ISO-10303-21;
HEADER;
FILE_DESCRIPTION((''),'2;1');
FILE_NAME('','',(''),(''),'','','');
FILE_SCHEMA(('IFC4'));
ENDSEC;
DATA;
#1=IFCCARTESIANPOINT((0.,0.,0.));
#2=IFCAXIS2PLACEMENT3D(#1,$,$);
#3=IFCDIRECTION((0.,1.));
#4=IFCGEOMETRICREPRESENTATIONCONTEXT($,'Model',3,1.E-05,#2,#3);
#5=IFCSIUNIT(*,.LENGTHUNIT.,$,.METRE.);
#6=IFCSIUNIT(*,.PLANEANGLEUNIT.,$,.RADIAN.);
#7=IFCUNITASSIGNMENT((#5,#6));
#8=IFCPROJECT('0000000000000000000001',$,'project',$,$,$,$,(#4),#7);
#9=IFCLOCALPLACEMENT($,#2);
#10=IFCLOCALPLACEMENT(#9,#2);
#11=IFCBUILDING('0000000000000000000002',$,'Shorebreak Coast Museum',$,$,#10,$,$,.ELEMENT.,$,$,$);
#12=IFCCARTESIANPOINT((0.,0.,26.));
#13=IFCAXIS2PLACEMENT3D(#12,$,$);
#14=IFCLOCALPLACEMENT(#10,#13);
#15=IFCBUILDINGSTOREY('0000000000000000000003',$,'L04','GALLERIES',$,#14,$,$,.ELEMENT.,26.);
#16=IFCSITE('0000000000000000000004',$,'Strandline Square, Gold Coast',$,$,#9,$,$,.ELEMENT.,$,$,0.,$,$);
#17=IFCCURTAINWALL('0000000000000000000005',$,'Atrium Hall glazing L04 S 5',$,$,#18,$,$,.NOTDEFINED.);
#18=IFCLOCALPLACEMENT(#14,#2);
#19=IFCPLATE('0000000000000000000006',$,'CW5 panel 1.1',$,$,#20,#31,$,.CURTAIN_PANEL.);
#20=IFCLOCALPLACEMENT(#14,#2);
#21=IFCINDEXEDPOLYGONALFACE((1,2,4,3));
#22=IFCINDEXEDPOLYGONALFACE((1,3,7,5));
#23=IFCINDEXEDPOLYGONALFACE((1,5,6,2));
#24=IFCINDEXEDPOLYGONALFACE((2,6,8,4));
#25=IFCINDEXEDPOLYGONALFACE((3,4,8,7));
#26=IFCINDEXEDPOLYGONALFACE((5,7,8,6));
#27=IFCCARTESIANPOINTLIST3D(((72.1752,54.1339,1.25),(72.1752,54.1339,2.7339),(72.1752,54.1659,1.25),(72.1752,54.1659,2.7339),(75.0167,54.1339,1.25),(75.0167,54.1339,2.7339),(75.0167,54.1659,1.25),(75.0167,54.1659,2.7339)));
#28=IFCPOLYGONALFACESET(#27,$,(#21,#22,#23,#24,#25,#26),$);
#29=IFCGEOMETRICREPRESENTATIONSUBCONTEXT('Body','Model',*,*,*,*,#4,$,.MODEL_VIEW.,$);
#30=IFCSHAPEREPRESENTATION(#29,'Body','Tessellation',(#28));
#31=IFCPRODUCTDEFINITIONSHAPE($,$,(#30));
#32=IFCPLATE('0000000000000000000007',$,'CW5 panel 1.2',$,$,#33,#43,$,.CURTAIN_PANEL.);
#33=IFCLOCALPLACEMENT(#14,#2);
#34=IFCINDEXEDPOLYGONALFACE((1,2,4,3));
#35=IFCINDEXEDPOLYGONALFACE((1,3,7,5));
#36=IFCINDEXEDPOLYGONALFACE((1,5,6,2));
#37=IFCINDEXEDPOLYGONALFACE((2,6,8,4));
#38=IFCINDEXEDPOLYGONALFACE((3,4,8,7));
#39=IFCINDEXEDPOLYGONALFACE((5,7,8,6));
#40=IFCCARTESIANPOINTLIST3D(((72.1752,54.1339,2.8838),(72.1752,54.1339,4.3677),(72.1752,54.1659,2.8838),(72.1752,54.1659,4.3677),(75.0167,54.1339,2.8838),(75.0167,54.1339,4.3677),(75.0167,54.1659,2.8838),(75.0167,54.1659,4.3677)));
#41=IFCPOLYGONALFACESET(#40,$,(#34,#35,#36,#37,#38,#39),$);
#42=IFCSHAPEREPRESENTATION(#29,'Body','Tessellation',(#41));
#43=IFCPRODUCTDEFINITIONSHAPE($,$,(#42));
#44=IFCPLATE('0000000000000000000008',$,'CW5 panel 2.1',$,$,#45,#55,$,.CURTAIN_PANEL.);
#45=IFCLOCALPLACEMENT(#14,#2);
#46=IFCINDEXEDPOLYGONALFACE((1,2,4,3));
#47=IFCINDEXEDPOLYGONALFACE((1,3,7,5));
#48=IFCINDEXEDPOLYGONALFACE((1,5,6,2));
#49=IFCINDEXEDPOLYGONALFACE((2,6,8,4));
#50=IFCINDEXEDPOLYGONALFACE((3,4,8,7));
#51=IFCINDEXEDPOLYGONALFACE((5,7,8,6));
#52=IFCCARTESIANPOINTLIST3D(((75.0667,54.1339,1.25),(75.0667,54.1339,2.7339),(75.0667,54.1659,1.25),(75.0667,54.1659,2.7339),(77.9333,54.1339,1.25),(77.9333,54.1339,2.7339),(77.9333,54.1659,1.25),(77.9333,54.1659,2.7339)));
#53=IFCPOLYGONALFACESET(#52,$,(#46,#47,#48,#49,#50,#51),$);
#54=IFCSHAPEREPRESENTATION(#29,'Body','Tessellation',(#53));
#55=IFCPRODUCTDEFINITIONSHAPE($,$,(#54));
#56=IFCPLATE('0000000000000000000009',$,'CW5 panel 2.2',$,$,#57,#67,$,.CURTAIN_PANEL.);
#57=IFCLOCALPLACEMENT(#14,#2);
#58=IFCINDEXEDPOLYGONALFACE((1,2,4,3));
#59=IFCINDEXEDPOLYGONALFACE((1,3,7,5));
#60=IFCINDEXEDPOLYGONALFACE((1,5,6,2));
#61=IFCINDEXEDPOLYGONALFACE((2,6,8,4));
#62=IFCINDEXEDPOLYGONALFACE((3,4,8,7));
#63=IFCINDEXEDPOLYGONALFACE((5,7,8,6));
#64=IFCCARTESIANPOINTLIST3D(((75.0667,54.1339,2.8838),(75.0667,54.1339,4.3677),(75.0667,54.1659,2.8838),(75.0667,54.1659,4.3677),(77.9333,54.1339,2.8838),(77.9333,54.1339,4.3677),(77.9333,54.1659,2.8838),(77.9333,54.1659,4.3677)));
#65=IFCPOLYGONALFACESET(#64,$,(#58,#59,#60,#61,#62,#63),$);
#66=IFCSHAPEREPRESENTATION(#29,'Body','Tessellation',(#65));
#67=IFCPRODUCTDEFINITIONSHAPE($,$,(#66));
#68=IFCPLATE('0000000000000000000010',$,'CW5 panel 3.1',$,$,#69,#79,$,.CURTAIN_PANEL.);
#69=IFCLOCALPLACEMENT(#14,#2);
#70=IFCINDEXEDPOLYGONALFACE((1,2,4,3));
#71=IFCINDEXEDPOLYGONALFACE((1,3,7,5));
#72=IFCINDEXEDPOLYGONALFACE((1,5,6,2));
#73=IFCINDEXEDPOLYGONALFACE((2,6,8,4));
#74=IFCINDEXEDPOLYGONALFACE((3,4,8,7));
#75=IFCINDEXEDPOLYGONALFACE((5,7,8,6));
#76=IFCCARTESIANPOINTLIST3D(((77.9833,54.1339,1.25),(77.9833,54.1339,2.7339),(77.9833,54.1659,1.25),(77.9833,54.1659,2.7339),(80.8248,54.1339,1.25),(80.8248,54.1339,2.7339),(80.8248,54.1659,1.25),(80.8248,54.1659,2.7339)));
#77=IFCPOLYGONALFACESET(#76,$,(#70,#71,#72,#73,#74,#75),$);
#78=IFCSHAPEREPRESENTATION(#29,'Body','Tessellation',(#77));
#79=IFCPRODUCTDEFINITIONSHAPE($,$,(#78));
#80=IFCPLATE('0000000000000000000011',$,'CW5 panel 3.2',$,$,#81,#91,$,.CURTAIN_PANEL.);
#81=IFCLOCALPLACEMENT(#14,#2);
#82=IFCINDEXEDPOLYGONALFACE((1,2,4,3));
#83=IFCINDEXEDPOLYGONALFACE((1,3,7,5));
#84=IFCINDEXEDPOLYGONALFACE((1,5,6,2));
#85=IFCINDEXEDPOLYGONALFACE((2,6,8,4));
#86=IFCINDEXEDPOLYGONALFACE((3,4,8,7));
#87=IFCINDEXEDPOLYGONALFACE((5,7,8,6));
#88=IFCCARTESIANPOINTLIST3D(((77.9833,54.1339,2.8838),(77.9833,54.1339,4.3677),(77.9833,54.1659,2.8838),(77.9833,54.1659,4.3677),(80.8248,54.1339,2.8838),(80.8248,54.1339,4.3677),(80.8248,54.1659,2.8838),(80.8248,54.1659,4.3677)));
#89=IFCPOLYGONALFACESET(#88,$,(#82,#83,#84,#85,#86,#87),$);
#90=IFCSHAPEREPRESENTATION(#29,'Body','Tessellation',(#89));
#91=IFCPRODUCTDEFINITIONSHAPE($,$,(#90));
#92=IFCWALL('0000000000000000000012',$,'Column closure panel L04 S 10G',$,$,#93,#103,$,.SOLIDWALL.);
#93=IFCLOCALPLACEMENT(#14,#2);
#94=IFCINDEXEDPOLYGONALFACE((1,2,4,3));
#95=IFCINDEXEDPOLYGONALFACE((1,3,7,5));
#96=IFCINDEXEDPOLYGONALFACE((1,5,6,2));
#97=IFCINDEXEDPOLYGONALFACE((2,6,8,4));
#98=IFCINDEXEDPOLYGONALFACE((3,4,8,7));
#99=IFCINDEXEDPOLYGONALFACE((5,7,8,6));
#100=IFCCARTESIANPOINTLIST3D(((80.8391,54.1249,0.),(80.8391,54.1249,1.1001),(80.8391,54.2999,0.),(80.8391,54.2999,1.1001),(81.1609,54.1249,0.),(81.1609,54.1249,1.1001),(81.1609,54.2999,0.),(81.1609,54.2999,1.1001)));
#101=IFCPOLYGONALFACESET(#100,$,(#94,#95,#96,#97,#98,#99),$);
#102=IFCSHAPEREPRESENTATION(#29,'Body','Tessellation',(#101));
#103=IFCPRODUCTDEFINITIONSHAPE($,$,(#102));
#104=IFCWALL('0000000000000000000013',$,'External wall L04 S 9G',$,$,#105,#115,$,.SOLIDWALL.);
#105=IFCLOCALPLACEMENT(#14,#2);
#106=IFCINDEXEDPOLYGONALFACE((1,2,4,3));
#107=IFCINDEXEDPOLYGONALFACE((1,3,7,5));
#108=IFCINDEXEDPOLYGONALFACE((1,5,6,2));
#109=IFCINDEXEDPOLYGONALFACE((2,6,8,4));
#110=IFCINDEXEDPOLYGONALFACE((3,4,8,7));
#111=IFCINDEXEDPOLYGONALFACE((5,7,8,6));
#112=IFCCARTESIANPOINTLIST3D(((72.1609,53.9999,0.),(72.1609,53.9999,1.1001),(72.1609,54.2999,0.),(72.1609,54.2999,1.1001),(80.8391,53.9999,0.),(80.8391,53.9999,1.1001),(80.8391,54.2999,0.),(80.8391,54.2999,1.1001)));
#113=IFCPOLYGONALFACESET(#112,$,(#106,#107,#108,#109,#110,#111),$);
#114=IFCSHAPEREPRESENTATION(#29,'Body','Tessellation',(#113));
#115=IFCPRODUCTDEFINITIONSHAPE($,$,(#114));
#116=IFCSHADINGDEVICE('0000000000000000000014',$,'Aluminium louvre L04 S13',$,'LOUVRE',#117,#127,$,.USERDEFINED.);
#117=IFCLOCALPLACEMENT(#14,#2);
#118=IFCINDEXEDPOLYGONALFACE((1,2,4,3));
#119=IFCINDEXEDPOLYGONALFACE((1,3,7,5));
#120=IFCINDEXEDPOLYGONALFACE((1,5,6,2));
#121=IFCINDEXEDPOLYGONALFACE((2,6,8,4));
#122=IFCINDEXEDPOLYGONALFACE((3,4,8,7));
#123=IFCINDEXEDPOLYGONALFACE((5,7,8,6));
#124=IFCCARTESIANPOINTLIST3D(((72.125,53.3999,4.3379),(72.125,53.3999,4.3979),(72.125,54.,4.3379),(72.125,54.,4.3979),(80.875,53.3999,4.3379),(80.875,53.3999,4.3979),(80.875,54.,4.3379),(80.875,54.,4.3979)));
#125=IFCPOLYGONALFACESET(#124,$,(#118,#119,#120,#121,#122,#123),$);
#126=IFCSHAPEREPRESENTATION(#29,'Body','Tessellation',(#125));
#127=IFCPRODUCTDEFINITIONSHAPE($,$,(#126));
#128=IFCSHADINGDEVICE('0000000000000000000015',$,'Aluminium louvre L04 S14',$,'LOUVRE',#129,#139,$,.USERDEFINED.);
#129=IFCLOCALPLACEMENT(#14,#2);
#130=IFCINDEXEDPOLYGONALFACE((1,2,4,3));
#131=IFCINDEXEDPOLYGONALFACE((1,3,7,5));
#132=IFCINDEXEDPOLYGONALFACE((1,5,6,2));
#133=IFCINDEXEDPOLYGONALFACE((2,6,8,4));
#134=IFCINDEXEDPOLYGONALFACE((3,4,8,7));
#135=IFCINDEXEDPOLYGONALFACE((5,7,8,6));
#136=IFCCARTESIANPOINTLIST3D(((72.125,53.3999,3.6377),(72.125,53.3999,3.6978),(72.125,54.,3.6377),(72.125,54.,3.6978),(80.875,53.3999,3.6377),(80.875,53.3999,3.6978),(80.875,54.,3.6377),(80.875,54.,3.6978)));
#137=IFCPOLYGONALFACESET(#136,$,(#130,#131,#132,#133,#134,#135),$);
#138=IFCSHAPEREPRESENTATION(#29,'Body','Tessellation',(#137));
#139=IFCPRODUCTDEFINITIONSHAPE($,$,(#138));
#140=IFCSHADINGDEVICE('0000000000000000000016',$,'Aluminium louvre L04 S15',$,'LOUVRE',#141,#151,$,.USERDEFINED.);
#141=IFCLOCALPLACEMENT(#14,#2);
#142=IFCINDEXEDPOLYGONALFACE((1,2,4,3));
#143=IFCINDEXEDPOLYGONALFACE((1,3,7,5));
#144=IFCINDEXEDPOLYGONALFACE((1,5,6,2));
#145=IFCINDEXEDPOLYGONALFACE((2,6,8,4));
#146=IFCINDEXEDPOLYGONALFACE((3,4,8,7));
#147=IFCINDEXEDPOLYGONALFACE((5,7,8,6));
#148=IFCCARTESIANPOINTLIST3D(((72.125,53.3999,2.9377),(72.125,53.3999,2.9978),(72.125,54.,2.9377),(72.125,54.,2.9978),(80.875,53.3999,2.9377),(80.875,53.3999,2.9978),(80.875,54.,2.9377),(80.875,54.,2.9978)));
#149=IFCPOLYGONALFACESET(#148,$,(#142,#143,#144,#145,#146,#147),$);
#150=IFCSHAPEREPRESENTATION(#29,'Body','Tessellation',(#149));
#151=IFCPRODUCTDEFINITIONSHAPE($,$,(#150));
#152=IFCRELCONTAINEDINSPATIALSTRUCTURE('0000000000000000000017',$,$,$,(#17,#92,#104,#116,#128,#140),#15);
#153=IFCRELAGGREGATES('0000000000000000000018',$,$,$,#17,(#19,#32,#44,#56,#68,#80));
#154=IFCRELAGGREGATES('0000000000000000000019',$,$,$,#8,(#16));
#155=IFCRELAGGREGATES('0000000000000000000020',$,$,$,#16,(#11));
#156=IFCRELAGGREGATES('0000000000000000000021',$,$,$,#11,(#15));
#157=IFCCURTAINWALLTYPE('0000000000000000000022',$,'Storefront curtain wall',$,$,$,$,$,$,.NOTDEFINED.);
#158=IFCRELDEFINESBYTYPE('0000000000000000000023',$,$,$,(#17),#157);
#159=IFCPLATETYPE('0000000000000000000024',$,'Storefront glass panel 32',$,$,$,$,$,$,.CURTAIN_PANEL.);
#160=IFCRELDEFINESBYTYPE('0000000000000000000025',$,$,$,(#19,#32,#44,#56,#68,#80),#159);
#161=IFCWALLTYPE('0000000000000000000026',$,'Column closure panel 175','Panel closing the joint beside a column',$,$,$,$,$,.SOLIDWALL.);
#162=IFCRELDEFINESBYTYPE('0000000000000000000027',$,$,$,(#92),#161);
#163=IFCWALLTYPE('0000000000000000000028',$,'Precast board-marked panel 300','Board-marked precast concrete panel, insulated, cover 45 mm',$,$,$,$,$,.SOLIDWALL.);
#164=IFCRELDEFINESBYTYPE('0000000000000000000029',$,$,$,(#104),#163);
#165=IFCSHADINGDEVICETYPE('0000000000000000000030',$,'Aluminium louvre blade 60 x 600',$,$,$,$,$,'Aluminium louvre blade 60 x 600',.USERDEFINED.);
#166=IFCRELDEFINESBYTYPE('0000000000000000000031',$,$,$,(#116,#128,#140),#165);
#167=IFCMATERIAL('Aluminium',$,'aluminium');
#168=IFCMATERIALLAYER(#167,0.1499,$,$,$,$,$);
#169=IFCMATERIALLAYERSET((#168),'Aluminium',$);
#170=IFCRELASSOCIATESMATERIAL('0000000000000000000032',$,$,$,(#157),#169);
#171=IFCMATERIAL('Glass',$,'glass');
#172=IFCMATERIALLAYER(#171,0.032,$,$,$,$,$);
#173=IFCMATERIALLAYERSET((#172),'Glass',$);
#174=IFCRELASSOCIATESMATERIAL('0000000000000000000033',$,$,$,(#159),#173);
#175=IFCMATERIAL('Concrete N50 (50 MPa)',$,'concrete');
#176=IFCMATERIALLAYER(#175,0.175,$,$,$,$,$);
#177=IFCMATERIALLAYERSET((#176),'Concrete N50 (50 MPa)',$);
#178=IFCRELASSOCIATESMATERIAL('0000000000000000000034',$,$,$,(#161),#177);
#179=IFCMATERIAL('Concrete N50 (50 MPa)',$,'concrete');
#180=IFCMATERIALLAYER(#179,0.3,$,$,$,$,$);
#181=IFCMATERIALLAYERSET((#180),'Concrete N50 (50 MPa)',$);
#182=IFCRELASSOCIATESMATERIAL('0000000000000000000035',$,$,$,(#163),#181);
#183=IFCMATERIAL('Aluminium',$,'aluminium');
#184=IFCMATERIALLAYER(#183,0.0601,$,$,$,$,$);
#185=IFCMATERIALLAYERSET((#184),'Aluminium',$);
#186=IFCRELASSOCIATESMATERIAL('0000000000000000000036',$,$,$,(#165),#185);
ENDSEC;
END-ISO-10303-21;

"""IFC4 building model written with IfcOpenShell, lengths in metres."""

from ifc_helpers import new_model, si_unit, direction, frame, frame_2d, origin, origin_2d, place, context, subcontext, project, spatial, rectangle, extrude, material, layer, layer_set, type_object, element, aggregate, save


model = new_model("IFC4")

# Units and contexts
model_context = context("Model", 3, precision=1e-05, world=origin(), true_north=direction((0.0, 1.0)))
body_context = subcontext(model_context, "Body", "Model", "MODEL_VIEW")
ifc_project = project(units=[si_unit("LENGTHUNIT", "METRE"), si_unit("PLANEANGLEUNIT", "RADIAN")], contexts=[model_context])

# Site, building, storey
site_placement = place(None, origin())
site = spatial("IfcSite", under=ifc_project, at=site_placement, Name="Strandline Square, Gold Coast", CompositionType="ELEMENT", RefElevation=0.0)
building_placement = place(site_placement, origin())
building = spatial("IfcBuilding", under=site, at=building_placement, Name="Shorebreak Coast Museum", CompositionType="ELEMENT")
storey_placement = place(building_placement, frame((0.0, 0.0, 26.0)))
storey = spatial("IfcBuildingStorey", under=building, at=storey_placement, Name="L04", Description="GALLERIES", CompositionType="ELEMENT", Elevation=26.0)

# Shared definitions
ifc_material_1 = material(Name="Aluminium", Category="aluminium")
ifc_layer_1 = layer(ifc_material_1, 0.1499)
ifc_layer_set_1 = layer_set([ifc_layer_1], Name="Aluminium")
curtain_wall_type = type_object("IfcCurtainWallType", Name="Storefront curtain wall", PredefinedType="NOTDEFINED", material=ifc_layer_set_1)

# Curtain wall, plates
curtain_wall_1_placement = place(storey_placement, origin())
curtain_wall_1 = element("IfcCurtainWall", 1, at=curtain_wall_1_placement, inside=storey, type_object=curtain_wall_type, Name="Atrium Hall glazing L04 S 5", PredefinedType="NOTDEFINED")
ifc_material_2 = material(Name="Glass", Category="glass")
ifc_layer_2 = layer(ifc_material_2, 0.032)
ifc_layer_set_2 = layer_set([ifc_layer_2], Name="Glass")
plate_type = type_object("IfcPlateType", Name="Storefront glass panel 32", PredefinedType="CURTAIN_PANEL", material=ifc_layer_set_2)
plate_1_placement = place(storey_placement, frame((73.5959, 54.1499, 1.25), z_axis=(0.0, 0.0, 1.0), x_axis=(1.0, 0.0, 0.0)))
plate_1 = element("IfcPlate", 2, at=plate_1_placement, type_object=plate_type, Name="CW5 panel 1.1", PredefinedType="CURTAIN_PANEL", context=body_context, shape_type="SweptSolid", body=[
    extrude(rectangle(XDim=2.8416, YDim=0.032, at=origin_2d()), origin(), (0.0, 0.0, 1.0), 1.4839),
])
plate_2_placement = place(storey_placement, frame((73.5959, 54.1499, 2.8838), z_axis=(0.0, 0.0, 1.0), x_axis=(1.0, 0.0, 0.0)))
plate_2 = element("IfcPlate", 3, at=plate_2_placement, type_object=plate_type, Name="CW5 panel 1.2", PredefinedType="CURTAIN_PANEL", context=body_context, shape_type="SweptSolid", body=[
    extrude(rectangle(XDim=2.8416, YDim=0.032, at=origin_2d()), origin(), (0.0, 0.0, 1.0), 1.4839),
])
plate_3_placement = place(storey_placement, frame((76.5, 54.1499, 1.25), z_axis=(0.0, 0.0, 1.0), x_axis=(1.0, 0.0, 0.0)))
plate_3 = element("IfcPlate", 4, at=plate_3_placement, type_object=plate_type, Name="CW5 panel 2.1", PredefinedType="CURTAIN_PANEL", context=body_context, shape_type="SweptSolid", body=[
    extrude(rectangle(XDim=2.8667, YDim=0.032, at=origin_2d()), origin(), (0.0, 0.0, 1.0), 1.4839),
])
plate_4_placement = place(storey_placement, frame((76.5, 54.1499, 2.8838), z_axis=(0.0, 0.0, 1.0), x_axis=(1.0, 0.0, 0.0)))
plate_4 = element("IfcPlate", 5, at=plate_4_placement, type_object=plate_type, Name="CW5 panel 2.2", PredefinedType="CURTAIN_PANEL", context=body_context, shape_type="SweptSolid", body=[
    extrude(rectangle(XDim=2.8667, YDim=0.032, at=origin_2d()), origin(), (0.0, 0.0, 1.0), 1.4839),
])
plate_5_placement = place(storey_placement, frame((79.4041, 54.1499, 1.25), z_axis=(0.0, 0.0, 1.0), x_axis=(1.0, 0.0, 0.0)))
plate_5 = element("IfcPlate", 6, at=plate_5_placement, type_object=plate_type, Name="CW5 panel 3.1", PredefinedType="CURTAIN_PANEL", context=body_context, shape_type="SweptSolid", body=[
    extrude(rectangle(XDim=2.8416, YDim=0.032, at=origin_2d()), origin(), (0.0, 0.0, 1.0), 1.4839),
])
plate_6_placement = place(storey_placement, frame((79.4041, 54.1499, 2.8838), z_axis=(0.0, 0.0, 1.0), x_axis=(1.0, 0.0, 0.0)))
plate_6 = element("IfcPlate", 7, at=plate_6_placement, type_object=plate_type, Name="CW5 panel 3.2", PredefinedType="CURTAIN_PANEL", context=body_context, shape_type="SweptSolid", body=[
    extrude(rectangle(XDim=2.8416, YDim=0.032, at=origin_2d()), origin(), (0.0, 0.0, 1.0), 1.4839),
])
aggregate(curtain_wall_1, [plate_1, plate_2, plate_3, plate_4, plate_5, plate_6])

# Walls
ifc_material_3 = material(Name="Concrete N50 (50 MPa)", Category="concrete")
ifc_layer_3 = layer(ifc_material_3, 0.175)
ifc_layer_set_3 = layer_set([ifc_layer_3], Name="Concrete N50 (50 MPa)")
wall_type_1 = type_object("IfcWallType", Name="Column closure panel 175", Description="Panel closing the joint beside a column", PredefinedType="SOLIDWALL", material=ifc_layer_set_3)
wall_1_placement = place(storey_placement, frame((80.8391, 54.2124, 0.0), z_axis=(0.0, 0.0, 1.0), x_axis=(1.0, 0.0, 0.0)))
element("IfcWall", 8, at=wall_1_placement, inside=storey, type_object=wall_type_1, Name="Column closure panel L04 S 10G", PredefinedType="SOLIDWALL", context=body_context, shape_type="SweptSolid", body=[
    extrude(rectangle(XDim=0.3218, YDim=0.175, at=frame_2d((0.1609, 0.0))), origin(), (0.0, 0.0, 1.0), 1.1001),
])
ifc_material_4 = material(Name="Concrete N50 (50 MPa)", Category="concrete")
ifc_layer_4 = layer(ifc_material_4, 0.3)
ifc_layer_set_4 = layer_set([ifc_layer_4], Name="Concrete N50 (50 MPa)")
wall_type_2 = type_object("IfcWallType", Name="Precast board-marked panel 300", Description="Board-marked precast concrete panel, insulated, cover 45 mm", PredefinedType="SOLIDWALL", material=ifc_layer_set_4)
wall_2_placement = place(storey_placement, frame((72.1609, 54.1499, 0.0), z_axis=(0.0, 0.0, 1.0), x_axis=(1.0, 0.0, 0.0)))
element("IfcWall", 9, at=wall_2_placement, inside=storey, type_object=wall_type_2, Name="External wall L04 S 9G", PredefinedType="SOLIDWALL", context=body_context, shape_type="SweptSolid", body=[
    extrude(rectangle(XDim=8.6782, YDim=0.3, at=frame_2d((4.3391, 0.0))), origin(), (0.0, 0.0, 1.0), 1.1001),
])

# Shading devices
ifc_material_5 = material(Name="Aluminium", Category="aluminium")
ifc_layer_5 = layer(ifc_material_5, 0.0601)
ifc_layer_set_5 = layer_set([ifc_layer_5], Name="Aluminium")
shading_device_type = type_object("IfcShadingDeviceType", Name="Aluminium louvre blade 60 x 600", ElementType="Aluminium louvre blade 60 x 600", PredefinedType="USERDEFINED", material=ifc_layer_set_5)
for number, where, z_axis, x_axis, name in (
    (10, (76.5, 53.7, 4.3379), (0.0, 0.0, 1.0), (1.0, 0.0, 0.0), "Aluminium louvre L04 S13"),
    (11, (76.5, 53.7, 3.6377), (0.0, 0.0, 1.0), (1.0, 0.0, 0.0), "Aluminium louvre L04 S14"),
    (12, (76.5, 53.7, 2.9377), (0.0, 0.0, 1.0), (1.0, 0.0, 0.0), "Aluminium louvre L04 S15"),
):
    element("IfcShadingDevice", number, at=place(storey_placement, frame(where, z_axis=z_axis, x_axis=x_axis)), inside=storey, type_object=shading_device_type, Name=name, ObjectType="LOUVRE", PredefinedType="USERDEFINED", context=body_context, shape_type="SweptSolid", body=[
        extrude(rectangle(XDim=8.75, YDim=0.6001, at=origin_2d()), origin(), (0.0, 0.0, 1.0), 0.0601),
    ])

save(model, "model.ifc")
